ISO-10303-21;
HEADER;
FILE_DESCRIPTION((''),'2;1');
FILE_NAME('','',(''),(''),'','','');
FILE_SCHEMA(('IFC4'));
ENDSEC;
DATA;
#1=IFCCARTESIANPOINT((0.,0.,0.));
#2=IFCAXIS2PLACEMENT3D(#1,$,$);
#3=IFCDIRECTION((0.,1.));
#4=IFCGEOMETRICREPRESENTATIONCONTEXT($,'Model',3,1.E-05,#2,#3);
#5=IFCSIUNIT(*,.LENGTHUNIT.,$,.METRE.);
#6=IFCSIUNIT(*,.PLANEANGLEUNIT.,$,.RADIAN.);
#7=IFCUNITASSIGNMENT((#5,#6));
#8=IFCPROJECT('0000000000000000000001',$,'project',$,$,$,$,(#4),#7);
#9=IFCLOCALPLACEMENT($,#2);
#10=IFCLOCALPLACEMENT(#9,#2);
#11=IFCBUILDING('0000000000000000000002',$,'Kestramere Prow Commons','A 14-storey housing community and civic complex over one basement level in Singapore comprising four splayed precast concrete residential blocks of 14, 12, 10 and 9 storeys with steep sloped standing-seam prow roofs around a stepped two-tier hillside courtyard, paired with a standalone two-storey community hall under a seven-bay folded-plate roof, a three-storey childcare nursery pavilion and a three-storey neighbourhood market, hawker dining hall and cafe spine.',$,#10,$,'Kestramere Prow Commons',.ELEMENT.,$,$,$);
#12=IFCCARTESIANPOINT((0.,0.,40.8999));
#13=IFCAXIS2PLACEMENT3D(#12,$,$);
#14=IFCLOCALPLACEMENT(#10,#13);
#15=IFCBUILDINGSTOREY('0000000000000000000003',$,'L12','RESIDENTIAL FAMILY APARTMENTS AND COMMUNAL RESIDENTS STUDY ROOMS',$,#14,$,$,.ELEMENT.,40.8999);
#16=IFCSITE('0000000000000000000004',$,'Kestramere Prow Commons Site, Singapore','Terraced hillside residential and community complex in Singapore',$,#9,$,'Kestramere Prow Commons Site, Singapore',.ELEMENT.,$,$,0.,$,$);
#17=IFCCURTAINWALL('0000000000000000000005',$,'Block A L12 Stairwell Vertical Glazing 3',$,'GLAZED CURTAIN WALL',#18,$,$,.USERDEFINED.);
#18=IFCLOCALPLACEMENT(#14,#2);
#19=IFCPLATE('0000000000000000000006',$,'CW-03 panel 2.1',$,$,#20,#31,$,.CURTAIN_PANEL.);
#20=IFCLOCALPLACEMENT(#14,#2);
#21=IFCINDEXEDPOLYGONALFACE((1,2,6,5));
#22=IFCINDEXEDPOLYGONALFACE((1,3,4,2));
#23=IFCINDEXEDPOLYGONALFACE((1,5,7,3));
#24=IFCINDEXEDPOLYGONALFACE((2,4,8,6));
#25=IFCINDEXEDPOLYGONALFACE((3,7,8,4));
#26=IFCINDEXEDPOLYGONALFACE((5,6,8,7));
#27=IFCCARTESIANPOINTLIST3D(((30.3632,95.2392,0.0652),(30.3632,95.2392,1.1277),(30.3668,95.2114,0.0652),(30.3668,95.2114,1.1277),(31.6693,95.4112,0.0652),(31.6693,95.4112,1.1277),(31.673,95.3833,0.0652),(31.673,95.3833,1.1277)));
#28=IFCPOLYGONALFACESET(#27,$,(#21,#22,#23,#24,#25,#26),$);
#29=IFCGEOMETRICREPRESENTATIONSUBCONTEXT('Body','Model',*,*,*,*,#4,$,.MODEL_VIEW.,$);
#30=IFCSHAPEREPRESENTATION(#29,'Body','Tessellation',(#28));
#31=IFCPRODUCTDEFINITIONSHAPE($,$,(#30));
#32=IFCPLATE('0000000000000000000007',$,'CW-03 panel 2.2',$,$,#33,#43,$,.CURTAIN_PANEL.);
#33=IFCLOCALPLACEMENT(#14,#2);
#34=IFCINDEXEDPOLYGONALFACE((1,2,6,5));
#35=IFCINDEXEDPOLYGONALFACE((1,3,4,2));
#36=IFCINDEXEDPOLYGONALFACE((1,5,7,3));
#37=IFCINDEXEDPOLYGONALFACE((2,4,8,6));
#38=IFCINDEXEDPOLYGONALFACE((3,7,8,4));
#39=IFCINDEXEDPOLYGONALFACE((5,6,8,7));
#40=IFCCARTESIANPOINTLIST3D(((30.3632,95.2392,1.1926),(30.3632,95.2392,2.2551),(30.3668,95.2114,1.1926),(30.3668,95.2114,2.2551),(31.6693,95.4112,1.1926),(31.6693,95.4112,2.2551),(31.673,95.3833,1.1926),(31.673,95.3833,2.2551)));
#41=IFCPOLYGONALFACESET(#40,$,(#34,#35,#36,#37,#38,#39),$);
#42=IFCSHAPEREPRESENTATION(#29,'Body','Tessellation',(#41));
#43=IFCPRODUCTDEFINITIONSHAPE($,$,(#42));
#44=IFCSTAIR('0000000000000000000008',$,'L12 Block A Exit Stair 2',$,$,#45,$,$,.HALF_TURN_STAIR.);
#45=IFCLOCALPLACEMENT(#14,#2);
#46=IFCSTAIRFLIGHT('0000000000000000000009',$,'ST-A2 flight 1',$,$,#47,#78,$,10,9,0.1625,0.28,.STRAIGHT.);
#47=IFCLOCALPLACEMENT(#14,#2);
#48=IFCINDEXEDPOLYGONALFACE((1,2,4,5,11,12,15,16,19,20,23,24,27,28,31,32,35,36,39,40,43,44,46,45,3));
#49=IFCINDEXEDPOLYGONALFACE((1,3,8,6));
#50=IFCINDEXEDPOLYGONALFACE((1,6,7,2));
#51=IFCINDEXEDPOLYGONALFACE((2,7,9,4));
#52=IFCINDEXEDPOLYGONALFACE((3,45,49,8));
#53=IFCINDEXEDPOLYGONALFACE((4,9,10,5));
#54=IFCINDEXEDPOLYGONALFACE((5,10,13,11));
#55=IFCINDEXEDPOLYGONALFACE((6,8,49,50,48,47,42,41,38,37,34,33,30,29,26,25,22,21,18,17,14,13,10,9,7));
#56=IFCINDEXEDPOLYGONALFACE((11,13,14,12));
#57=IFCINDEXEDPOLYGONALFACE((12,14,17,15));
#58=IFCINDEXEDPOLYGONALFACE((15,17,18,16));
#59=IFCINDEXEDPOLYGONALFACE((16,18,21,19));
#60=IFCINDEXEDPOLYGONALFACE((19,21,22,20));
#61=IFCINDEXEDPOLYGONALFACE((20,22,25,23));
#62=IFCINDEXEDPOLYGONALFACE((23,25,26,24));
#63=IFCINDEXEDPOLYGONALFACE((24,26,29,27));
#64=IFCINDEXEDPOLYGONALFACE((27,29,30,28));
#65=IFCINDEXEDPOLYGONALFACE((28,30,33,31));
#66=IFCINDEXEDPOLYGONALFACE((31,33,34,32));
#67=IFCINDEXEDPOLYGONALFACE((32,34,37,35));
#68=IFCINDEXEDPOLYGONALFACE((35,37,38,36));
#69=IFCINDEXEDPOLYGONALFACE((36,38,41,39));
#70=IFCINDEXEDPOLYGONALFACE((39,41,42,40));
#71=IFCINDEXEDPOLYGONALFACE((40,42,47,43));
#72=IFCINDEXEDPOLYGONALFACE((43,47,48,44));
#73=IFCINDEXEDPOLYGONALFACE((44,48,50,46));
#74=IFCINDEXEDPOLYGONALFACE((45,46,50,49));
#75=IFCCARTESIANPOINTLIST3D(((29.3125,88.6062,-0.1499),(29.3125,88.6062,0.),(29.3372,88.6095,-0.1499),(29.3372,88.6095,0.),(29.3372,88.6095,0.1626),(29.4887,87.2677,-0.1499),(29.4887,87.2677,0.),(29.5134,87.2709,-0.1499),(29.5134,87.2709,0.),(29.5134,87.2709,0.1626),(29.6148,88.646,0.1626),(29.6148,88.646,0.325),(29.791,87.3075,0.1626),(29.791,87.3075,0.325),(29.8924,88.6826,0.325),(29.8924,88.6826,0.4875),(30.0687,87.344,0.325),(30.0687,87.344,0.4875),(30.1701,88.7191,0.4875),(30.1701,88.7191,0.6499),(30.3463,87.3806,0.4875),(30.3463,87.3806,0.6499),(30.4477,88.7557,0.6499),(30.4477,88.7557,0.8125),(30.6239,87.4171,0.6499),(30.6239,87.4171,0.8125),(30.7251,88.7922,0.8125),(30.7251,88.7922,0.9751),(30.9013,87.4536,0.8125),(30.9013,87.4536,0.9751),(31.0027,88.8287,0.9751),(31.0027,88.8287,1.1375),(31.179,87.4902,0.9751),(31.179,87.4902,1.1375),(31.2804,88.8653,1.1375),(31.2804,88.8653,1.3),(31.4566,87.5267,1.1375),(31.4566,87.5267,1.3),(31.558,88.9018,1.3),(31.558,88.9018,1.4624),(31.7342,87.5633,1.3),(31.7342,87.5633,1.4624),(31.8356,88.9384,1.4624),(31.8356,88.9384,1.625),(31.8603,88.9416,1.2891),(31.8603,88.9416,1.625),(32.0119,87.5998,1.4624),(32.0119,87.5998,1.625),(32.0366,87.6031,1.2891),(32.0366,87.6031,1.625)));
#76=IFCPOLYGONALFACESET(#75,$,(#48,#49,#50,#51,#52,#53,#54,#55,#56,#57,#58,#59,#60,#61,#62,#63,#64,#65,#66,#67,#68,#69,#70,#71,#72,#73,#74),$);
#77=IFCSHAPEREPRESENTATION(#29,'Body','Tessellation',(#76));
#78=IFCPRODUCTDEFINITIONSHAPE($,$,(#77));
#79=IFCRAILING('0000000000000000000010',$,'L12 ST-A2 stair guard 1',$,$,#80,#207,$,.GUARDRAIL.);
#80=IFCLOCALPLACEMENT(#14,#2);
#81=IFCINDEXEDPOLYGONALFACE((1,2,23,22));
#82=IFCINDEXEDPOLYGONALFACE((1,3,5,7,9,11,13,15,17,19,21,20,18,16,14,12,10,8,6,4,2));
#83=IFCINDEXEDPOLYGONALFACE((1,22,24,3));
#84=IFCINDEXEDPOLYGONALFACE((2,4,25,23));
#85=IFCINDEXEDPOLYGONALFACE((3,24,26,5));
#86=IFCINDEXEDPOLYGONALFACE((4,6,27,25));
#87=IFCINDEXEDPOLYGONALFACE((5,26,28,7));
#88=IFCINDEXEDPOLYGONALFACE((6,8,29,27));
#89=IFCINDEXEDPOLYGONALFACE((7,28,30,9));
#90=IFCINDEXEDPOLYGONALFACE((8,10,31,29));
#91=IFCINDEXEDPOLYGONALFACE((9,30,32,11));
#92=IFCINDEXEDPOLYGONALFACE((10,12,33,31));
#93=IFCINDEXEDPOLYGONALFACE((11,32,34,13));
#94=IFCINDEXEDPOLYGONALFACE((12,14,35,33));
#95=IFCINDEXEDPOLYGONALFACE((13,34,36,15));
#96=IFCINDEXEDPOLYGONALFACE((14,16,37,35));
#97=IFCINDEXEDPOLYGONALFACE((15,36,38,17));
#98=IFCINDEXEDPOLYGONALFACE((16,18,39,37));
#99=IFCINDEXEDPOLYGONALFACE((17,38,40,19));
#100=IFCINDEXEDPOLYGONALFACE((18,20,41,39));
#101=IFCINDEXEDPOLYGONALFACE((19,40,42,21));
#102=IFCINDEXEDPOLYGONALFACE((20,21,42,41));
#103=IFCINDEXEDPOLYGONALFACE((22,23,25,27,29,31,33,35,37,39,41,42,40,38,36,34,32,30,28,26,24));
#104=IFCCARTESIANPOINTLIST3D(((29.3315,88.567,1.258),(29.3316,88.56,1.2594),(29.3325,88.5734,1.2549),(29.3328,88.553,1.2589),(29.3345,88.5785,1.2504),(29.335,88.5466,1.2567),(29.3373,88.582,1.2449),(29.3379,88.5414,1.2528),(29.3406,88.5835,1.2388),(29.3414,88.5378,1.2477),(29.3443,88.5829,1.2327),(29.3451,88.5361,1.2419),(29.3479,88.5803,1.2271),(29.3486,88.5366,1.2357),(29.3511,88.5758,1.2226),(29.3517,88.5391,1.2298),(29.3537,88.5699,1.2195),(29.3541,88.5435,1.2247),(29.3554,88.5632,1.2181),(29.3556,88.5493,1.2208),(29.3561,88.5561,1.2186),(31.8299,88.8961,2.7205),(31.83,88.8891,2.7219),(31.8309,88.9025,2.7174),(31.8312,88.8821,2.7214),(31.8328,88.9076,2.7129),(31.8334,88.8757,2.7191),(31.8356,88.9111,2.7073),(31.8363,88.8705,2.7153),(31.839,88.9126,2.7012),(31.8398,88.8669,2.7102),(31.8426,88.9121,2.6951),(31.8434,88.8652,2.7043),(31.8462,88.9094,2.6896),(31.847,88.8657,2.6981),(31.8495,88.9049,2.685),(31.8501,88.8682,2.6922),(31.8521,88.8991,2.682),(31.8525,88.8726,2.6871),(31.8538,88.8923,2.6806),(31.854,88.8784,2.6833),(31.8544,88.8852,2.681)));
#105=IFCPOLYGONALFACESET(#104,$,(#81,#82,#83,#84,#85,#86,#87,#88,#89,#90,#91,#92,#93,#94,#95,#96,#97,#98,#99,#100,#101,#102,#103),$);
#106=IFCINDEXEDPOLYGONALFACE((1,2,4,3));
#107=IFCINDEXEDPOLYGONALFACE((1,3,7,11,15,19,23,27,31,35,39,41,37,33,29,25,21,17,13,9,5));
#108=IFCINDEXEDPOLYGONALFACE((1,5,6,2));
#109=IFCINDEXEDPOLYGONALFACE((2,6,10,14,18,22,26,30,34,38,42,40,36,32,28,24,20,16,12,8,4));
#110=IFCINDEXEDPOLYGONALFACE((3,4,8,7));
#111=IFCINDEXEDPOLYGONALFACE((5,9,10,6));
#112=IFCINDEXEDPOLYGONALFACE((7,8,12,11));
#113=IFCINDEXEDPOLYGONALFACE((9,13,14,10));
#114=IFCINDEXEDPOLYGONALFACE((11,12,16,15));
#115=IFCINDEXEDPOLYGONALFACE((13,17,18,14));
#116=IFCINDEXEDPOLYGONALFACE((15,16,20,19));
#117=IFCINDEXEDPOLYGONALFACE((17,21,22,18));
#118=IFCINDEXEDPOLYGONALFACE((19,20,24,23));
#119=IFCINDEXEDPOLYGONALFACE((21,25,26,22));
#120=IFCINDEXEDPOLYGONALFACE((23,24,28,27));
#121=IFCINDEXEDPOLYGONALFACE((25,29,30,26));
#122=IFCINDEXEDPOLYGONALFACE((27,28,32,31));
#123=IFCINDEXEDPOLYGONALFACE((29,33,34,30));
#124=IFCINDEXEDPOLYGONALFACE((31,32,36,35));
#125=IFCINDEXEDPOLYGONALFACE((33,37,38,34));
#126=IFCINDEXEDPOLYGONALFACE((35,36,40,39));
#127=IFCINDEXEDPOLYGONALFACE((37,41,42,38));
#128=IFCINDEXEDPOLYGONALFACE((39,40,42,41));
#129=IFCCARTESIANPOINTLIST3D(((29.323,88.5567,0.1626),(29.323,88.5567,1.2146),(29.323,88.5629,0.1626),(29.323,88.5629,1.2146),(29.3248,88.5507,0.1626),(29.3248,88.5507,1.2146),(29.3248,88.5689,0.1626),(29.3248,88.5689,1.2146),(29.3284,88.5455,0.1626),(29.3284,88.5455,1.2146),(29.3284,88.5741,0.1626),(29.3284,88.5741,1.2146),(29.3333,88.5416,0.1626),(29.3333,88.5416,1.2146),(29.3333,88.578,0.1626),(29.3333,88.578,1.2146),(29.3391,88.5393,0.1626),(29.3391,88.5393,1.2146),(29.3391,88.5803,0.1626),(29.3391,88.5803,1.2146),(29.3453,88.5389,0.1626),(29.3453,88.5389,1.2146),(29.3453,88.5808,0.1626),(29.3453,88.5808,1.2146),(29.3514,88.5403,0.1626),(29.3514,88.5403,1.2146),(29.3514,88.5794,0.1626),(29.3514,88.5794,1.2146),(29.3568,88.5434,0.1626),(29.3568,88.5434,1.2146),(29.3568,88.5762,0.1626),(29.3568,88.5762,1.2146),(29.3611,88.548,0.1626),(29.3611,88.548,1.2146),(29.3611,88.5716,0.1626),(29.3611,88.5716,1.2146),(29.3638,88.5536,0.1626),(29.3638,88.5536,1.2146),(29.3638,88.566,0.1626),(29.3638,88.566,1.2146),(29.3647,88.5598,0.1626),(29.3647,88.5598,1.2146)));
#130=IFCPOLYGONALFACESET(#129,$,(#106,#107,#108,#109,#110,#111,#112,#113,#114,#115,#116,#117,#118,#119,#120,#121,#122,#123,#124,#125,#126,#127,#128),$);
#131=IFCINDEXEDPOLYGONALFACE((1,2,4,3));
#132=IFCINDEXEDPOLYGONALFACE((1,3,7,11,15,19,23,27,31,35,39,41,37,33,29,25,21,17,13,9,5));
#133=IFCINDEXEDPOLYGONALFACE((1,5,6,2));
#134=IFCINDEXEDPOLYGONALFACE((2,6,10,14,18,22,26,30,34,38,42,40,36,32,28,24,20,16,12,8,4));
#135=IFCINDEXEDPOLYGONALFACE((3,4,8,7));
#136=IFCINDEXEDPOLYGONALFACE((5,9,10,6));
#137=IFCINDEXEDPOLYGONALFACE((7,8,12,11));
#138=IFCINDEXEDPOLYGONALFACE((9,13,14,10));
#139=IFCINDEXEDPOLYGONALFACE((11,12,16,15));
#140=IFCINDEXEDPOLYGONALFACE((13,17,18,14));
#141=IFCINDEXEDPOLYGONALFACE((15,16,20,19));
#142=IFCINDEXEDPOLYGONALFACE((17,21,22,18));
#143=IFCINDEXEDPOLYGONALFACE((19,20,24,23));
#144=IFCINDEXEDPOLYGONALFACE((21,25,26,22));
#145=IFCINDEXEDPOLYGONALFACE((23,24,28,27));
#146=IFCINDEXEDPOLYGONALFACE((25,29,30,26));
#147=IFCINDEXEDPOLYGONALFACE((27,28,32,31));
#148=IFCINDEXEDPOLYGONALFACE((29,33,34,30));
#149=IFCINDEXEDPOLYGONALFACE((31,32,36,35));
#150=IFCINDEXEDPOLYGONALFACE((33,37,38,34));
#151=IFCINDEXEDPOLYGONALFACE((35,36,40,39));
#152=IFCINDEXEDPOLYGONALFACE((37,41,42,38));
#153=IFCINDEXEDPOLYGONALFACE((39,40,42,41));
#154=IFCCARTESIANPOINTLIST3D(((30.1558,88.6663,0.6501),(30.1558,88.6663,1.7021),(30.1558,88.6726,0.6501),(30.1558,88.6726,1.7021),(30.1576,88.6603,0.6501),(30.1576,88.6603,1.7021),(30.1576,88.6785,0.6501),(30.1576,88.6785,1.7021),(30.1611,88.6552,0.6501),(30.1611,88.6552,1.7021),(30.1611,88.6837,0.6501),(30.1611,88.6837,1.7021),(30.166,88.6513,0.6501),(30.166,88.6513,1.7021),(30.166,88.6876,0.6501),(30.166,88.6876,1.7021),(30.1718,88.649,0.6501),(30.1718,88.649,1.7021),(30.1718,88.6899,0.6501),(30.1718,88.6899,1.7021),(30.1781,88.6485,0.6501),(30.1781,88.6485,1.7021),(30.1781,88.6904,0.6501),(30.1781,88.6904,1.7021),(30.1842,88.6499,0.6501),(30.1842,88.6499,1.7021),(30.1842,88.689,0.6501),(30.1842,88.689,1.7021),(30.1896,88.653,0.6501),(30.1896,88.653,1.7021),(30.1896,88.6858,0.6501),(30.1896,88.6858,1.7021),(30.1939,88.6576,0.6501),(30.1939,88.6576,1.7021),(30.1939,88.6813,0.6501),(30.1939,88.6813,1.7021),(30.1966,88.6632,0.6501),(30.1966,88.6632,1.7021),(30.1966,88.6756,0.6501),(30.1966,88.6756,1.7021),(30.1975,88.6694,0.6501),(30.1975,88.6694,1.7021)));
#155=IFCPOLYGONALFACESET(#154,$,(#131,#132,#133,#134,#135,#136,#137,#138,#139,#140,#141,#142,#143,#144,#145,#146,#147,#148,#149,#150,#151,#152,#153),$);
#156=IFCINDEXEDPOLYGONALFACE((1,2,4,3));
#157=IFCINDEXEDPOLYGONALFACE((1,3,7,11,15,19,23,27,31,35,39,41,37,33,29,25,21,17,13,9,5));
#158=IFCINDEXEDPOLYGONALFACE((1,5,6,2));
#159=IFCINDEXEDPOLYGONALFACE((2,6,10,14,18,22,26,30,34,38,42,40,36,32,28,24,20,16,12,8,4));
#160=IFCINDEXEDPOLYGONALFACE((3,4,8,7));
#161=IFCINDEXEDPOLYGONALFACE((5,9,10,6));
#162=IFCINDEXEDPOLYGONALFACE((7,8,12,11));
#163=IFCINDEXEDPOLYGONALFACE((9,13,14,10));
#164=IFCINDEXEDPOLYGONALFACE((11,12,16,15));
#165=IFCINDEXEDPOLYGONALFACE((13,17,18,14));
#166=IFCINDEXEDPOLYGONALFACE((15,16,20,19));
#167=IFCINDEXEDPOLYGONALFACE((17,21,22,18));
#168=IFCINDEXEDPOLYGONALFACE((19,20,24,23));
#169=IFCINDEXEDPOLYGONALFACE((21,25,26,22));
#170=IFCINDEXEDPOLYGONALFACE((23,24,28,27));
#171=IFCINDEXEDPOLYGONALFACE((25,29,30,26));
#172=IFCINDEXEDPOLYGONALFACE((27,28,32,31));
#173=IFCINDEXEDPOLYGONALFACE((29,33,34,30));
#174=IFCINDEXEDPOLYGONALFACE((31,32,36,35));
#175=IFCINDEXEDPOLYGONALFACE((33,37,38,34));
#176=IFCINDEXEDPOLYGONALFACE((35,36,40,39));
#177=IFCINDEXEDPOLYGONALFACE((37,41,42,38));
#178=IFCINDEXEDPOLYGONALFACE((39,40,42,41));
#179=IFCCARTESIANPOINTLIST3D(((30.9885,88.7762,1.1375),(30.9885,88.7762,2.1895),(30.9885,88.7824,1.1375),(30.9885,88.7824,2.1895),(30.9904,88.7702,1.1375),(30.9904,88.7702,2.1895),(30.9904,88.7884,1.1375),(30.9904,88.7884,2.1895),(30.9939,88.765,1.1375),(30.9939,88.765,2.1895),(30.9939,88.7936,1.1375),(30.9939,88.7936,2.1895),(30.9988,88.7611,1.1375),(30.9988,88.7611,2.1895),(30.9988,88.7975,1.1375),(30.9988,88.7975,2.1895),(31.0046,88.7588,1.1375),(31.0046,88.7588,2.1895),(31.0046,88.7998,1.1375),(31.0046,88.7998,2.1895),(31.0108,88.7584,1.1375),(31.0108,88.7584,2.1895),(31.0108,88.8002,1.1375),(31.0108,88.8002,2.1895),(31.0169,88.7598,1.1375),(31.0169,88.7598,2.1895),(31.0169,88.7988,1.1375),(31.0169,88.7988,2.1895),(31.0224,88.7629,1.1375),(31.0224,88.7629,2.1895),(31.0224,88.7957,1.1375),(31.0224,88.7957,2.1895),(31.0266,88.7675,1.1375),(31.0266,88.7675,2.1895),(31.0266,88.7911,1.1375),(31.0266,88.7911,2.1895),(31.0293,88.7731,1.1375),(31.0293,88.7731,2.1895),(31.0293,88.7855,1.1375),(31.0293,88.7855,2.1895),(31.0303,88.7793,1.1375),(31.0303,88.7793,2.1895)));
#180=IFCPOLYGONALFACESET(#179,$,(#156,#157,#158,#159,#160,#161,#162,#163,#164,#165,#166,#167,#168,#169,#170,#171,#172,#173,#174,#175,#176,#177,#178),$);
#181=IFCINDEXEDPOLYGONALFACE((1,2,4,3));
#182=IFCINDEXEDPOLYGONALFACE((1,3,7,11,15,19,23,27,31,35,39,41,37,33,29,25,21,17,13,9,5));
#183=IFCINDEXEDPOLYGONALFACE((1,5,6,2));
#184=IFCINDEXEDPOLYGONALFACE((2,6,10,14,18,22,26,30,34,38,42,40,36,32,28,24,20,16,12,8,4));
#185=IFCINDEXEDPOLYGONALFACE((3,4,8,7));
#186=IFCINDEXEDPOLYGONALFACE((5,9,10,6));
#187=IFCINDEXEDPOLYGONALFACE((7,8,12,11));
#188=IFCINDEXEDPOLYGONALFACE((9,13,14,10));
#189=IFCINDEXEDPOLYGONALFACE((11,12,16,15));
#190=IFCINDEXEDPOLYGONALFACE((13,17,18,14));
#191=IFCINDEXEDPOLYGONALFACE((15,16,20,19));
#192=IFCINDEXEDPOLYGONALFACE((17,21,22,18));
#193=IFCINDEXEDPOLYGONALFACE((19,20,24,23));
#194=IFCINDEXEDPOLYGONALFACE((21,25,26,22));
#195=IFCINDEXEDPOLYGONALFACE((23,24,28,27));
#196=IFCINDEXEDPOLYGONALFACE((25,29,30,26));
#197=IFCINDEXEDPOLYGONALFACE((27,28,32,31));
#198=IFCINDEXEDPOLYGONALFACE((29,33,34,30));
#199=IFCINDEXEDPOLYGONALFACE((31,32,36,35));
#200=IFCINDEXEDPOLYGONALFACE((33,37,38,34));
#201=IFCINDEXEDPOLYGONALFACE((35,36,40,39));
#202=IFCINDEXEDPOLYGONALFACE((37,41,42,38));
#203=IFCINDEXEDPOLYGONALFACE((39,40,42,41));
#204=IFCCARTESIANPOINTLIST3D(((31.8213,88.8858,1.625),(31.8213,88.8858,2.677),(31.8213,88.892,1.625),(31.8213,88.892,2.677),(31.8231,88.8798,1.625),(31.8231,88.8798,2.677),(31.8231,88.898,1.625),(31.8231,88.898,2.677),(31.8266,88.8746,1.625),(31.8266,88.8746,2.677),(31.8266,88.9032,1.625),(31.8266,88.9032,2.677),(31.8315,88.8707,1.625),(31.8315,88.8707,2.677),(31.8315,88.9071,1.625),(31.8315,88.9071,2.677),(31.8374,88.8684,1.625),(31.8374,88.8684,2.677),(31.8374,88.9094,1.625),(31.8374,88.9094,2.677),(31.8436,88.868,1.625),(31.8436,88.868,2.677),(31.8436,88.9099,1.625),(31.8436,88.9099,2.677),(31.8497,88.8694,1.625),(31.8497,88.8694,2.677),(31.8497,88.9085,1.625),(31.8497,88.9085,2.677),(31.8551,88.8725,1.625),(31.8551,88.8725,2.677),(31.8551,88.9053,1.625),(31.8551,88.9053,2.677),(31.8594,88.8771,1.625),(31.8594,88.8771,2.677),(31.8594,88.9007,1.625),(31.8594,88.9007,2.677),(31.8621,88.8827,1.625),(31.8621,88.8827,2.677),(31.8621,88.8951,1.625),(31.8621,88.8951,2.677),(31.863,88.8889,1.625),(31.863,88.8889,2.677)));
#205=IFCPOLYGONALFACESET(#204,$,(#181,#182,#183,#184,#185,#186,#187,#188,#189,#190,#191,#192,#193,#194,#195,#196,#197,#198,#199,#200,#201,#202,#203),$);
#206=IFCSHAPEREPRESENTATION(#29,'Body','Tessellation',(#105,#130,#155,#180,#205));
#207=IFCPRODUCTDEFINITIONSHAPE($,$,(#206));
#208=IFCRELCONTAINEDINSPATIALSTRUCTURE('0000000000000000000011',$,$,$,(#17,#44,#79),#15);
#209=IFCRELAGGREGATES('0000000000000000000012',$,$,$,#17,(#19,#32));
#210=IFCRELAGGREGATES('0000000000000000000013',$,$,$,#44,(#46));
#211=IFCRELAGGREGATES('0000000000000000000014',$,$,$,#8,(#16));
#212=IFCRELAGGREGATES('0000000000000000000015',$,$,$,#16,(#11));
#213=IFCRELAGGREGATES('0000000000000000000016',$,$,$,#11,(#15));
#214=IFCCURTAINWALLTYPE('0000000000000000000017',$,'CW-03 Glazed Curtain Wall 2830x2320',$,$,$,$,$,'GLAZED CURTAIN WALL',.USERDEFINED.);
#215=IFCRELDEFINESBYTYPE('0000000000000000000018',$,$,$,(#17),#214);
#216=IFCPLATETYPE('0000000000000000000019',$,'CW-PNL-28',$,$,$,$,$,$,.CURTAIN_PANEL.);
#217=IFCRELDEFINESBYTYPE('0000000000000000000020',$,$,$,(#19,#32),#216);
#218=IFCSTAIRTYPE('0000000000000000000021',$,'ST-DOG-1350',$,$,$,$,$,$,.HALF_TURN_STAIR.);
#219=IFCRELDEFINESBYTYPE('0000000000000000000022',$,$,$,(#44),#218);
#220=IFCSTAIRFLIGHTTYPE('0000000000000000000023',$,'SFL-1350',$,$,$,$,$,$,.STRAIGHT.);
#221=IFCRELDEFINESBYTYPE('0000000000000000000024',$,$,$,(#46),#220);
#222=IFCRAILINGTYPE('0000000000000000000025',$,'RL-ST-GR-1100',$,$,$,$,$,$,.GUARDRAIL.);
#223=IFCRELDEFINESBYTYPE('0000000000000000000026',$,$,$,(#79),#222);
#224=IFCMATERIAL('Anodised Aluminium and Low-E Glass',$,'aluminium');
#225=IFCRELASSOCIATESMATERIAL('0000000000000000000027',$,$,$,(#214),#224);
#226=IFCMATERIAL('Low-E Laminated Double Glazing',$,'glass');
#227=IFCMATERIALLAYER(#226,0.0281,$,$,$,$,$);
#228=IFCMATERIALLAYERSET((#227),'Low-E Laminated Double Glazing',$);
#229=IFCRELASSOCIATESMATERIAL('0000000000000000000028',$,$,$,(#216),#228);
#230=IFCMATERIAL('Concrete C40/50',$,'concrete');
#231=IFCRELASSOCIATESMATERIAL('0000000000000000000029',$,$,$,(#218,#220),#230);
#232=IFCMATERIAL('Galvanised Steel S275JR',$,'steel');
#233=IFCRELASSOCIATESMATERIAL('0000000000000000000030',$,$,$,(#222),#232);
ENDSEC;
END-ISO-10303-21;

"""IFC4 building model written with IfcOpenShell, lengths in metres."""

from ifc_helpers import new_model, si_unit, direction, frame, origin, origin_2d, place, context, subcontext, project, spatial, polyline, rectangle, circle, outline, extrude, material, layer, layer_set, type_object, element, aggregate, save


model = new_model("IFC4")

# Units and contexts
model_context = context("Model", 3, precision=1e-05, world=origin(), true_north=direction((0.0, 1.0)))
body_context = subcontext(model_context, "Body", "Model", "MODEL_VIEW")
ifc_project = project(units=[si_unit("LENGTHUNIT", "METRE"), si_unit("PLANEANGLEUNIT", "RADIAN")], contexts=[model_context])

# Site, building, storey
site_placement = place(None, origin())
site = spatial("IfcSite", under=ifc_project, at=site_placement, Name="Kestramere Prow Commons Site, Singapore", Description="Terraced hillside residential and community complex in Singapore", LongName="Kestramere Prow Commons Site, Singapore", CompositionType="ELEMENT", RefElevation=0.0)
building_placement = place(site_placement, origin())
building = spatial("IfcBuilding", under=site, at=building_placement, Name="Kestramere Prow Commons", Description="A 14-storey housing community and civic complex over one basement level in Singapore comprising four splayed precast concrete residential blocks of 14, 12, 10 and 9 storeys with steep sloped standing-seam prow roofs around a stepped two-tier hillside courtyard, paired with a standalone two-storey community hall under a seven-bay folded-plate roof, a three-storey childcare nursery pavilion and a three-storey neighbourhood market, hawker dining hall and cafe spine.", LongName="Kestramere Prow Commons", CompositionType="ELEMENT")
storey_placement = place(building_placement, frame((0.0, 0.0, 40.8999)))
storey = spatial("IfcBuildingStorey", under=building, at=storey_placement, Name="L12", Description="RESIDENTIAL FAMILY APARTMENTS AND COMMUNAL RESIDENTS STUDY ROOMS", CompositionType="ELEMENT", Elevation=40.8999)

# Curtain wall, plates
ifc_material_1 = material(Name="Anodised Aluminium and Low-E Glass", Category="aluminium")
curtain_wall_type = type_object("IfcCurtainWallType", Name="CW-03 Glazed Curtain Wall 2830x2320", ElementType="GLAZED CURTAIN WALL", PredefinedType="USERDEFINED", material=ifc_material_1)
curtain_wall_placement = place(storey_placement, origin())
curtain_wall = element("IfcCurtainWall", 1, at=curtain_wall_placement, inside=storey, type_object=curtain_wall_type, Name="Block A L12 Stairwell Vertical Glazing 3", ObjectType="GLAZED CURTAIN WALL", PredefinedType="USERDEFINED")
ifc_material_2 = material(Name="Low-E Laminated Double Glazing", Category="glass")
ifc_layer = layer(ifc_material_2, 0.0281)
ifc_layer_set = layer_set([ifc_layer], Name="Low-E Laminated Double Glazing")
plate_type = type_object("IfcPlateType", Name="CW-PNL-28", PredefinedType="CURTAIN_PANEL", material=ifc_layer_set)
plate_1_placement = place(storey_placement, frame((31.0181, 95.3113, 0.0652), z_axis=(0.0, 0.0, 1.0), x_axis=(0.991445, 0.130526, 0.0)))
plate_1 = element("IfcPlate", 2, at=plate_1_placement, type_object=plate_type, Name="CW-03 panel 2.1", PredefinedType="CURTAIN_PANEL", context=body_context, shape_type="SweptSolid", body=[
    extrude(rectangle(XDim=1.3174, YDim=0.0281, at=origin_2d()), origin(), (0.0, 0.0, 1.0), 1.0625),
])
plate_2_placement = place(storey_placement, frame((31.0181, 95.3113, 1.1926), z_axis=(0.0, 0.0, 1.0), x_axis=(0.991445, 0.130526, 0.0)))
plate_2 = element("IfcPlate", 3, at=plate_2_placement, type_object=plate_type, Name="CW-03 panel 2.2", PredefinedType="CURTAIN_PANEL", context=body_context, shape_type="SweptSolid", body=[
    extrude(rectangle(XDim=1.3174, YDim=0.0281, at=origin_2d()), origin(), (0.0, 0.0, 1.0), 1.0625),
])
aggregate(curtain_wall, [plate_1, plate_2])

# Stair, stair flight
ifc_material_3 = material(Name="Concrete C40/50", Category="concrete")
stair_type = type_object("IfcStairType", Name="ST-DOG-1350", PredefinedType="HALF_TURN_STAIR", material=ifc_material_3)
stair_placement = place(storey_placement, origin())
stair = element("IfcStair", 4, at=stair_placement, inside=storey, type_object=stair_type, Name="L12 Block A Exit Stair 2", PredefinedType="HALF_TURN_STAIR")
stair_flight_type = type_object("IfcStairFlightType", Name="SFL-1350", PredefinedType="STRAIGHT", material=ifc_material_3)
stair_flight_placement = place(storey_placement, frame((29.4253, 87.9402, 0.0), z_axis=(0.0, 0.0, 1.0), x_axis=(0.991445, 0.130526, 0.0)))
stair_flight = element("IfcStairFlight", 5, at=stair_flight_placement, type_object=stair_flight_type, Name="ST-A2 flight 1", NumberOfRisers=10, NumberOfTreads=9, PredefinedType="STRAIGHT", RiserHeight=0.1625, TreadLength=0.28, context=body_context, shape_type="SweptSolid", body=[
    extrude(outline(polyline([(-0.0249, 0.0), (0.0, 0.0), (0.0, 0.1626), (0.28, 0.1626), (0.28, 0.325), (0.5601, 0.325), (0.5601, 0.4875), (0.8401, 0.4875), (0.8401, 0.6499), (1.1201, 0.6499), (1.1201, 0.8125), (1.3999, 0.8125), (1.3999, 0.9751), (1.6799, 0.9751), (1.6799, 1.1375), (1.96, 1.1375), (1.96, 1.3), (2.24, 1.3), (2.24, 1.4624), (2.52, 1.4624), (2.52, 1.625), (2.5449, 1.625), (2.5449, 1.2891), (0.0, -0.1499), (-0.0249, -0.1499), (-0.0249, 0.0)])), frame((0.0, 0.675, 0.0), z_axis=(0.0, -1.0, 0.0), x_axis=(1.0, 0.0, 0.0)), (0.0, 0.0, 1.0), 1.3501),
])
aggregate(stair, [stair_flight])

# Railing
ifc_material_4 = material(Name="Galvanised Steel S275JR", Category="steel")
railing_type_1 = type_object("IfcRailingType", Name="RL-ST-GR-1100", PredefinedType="GUARDRAIL", material=ifc_material_4)
railing_1_placement = place(storey_placement, frame((29.3438, 88.5598, 0.1626)))
element("IfcRailing", 6, at=railing_1_placement, inside=storey, type_object=railing_type_1, Name="L12 ST-A2 stair guard 1", PredefinedType="GUARDRAIL", context=body_context, shape_type="SweptSolid", body=[
    extrude(circle(Radius=0.0239, at=origin_2d()), frame((0.0, 0.0, 1.0762), z_axis=(0.857493, 0.112958, 0.501943), x_axis=(-0.130602, 0.991435, 0.0)), (0.0, 0.0, 1.0), 2.9136),
    extrude(circle(Radius=0.021, at=origin_2d()), origin(), (0.0, 0.0, 1.0), 1.052),
    extrude(circle(Radius=0.021, at=origin_2d()), frame((0.8328, 0.1096, 0.4875)), (0.0, 0.0, 1.0), 1.052),
    extrude(circle(Radius=0.021, at=origin_2d()), frame((1.6655, 0.2195, 0.9749)), (0.0, 0.0, 1.0), 1.052),
    extrude(circle(Radius=0.021, at=origin_2d()), frame((2.4983, 0.3291, 1.4624)), (0.0, 0.0, 1.0), 1.052),
])

save(model, "model.ifc")
